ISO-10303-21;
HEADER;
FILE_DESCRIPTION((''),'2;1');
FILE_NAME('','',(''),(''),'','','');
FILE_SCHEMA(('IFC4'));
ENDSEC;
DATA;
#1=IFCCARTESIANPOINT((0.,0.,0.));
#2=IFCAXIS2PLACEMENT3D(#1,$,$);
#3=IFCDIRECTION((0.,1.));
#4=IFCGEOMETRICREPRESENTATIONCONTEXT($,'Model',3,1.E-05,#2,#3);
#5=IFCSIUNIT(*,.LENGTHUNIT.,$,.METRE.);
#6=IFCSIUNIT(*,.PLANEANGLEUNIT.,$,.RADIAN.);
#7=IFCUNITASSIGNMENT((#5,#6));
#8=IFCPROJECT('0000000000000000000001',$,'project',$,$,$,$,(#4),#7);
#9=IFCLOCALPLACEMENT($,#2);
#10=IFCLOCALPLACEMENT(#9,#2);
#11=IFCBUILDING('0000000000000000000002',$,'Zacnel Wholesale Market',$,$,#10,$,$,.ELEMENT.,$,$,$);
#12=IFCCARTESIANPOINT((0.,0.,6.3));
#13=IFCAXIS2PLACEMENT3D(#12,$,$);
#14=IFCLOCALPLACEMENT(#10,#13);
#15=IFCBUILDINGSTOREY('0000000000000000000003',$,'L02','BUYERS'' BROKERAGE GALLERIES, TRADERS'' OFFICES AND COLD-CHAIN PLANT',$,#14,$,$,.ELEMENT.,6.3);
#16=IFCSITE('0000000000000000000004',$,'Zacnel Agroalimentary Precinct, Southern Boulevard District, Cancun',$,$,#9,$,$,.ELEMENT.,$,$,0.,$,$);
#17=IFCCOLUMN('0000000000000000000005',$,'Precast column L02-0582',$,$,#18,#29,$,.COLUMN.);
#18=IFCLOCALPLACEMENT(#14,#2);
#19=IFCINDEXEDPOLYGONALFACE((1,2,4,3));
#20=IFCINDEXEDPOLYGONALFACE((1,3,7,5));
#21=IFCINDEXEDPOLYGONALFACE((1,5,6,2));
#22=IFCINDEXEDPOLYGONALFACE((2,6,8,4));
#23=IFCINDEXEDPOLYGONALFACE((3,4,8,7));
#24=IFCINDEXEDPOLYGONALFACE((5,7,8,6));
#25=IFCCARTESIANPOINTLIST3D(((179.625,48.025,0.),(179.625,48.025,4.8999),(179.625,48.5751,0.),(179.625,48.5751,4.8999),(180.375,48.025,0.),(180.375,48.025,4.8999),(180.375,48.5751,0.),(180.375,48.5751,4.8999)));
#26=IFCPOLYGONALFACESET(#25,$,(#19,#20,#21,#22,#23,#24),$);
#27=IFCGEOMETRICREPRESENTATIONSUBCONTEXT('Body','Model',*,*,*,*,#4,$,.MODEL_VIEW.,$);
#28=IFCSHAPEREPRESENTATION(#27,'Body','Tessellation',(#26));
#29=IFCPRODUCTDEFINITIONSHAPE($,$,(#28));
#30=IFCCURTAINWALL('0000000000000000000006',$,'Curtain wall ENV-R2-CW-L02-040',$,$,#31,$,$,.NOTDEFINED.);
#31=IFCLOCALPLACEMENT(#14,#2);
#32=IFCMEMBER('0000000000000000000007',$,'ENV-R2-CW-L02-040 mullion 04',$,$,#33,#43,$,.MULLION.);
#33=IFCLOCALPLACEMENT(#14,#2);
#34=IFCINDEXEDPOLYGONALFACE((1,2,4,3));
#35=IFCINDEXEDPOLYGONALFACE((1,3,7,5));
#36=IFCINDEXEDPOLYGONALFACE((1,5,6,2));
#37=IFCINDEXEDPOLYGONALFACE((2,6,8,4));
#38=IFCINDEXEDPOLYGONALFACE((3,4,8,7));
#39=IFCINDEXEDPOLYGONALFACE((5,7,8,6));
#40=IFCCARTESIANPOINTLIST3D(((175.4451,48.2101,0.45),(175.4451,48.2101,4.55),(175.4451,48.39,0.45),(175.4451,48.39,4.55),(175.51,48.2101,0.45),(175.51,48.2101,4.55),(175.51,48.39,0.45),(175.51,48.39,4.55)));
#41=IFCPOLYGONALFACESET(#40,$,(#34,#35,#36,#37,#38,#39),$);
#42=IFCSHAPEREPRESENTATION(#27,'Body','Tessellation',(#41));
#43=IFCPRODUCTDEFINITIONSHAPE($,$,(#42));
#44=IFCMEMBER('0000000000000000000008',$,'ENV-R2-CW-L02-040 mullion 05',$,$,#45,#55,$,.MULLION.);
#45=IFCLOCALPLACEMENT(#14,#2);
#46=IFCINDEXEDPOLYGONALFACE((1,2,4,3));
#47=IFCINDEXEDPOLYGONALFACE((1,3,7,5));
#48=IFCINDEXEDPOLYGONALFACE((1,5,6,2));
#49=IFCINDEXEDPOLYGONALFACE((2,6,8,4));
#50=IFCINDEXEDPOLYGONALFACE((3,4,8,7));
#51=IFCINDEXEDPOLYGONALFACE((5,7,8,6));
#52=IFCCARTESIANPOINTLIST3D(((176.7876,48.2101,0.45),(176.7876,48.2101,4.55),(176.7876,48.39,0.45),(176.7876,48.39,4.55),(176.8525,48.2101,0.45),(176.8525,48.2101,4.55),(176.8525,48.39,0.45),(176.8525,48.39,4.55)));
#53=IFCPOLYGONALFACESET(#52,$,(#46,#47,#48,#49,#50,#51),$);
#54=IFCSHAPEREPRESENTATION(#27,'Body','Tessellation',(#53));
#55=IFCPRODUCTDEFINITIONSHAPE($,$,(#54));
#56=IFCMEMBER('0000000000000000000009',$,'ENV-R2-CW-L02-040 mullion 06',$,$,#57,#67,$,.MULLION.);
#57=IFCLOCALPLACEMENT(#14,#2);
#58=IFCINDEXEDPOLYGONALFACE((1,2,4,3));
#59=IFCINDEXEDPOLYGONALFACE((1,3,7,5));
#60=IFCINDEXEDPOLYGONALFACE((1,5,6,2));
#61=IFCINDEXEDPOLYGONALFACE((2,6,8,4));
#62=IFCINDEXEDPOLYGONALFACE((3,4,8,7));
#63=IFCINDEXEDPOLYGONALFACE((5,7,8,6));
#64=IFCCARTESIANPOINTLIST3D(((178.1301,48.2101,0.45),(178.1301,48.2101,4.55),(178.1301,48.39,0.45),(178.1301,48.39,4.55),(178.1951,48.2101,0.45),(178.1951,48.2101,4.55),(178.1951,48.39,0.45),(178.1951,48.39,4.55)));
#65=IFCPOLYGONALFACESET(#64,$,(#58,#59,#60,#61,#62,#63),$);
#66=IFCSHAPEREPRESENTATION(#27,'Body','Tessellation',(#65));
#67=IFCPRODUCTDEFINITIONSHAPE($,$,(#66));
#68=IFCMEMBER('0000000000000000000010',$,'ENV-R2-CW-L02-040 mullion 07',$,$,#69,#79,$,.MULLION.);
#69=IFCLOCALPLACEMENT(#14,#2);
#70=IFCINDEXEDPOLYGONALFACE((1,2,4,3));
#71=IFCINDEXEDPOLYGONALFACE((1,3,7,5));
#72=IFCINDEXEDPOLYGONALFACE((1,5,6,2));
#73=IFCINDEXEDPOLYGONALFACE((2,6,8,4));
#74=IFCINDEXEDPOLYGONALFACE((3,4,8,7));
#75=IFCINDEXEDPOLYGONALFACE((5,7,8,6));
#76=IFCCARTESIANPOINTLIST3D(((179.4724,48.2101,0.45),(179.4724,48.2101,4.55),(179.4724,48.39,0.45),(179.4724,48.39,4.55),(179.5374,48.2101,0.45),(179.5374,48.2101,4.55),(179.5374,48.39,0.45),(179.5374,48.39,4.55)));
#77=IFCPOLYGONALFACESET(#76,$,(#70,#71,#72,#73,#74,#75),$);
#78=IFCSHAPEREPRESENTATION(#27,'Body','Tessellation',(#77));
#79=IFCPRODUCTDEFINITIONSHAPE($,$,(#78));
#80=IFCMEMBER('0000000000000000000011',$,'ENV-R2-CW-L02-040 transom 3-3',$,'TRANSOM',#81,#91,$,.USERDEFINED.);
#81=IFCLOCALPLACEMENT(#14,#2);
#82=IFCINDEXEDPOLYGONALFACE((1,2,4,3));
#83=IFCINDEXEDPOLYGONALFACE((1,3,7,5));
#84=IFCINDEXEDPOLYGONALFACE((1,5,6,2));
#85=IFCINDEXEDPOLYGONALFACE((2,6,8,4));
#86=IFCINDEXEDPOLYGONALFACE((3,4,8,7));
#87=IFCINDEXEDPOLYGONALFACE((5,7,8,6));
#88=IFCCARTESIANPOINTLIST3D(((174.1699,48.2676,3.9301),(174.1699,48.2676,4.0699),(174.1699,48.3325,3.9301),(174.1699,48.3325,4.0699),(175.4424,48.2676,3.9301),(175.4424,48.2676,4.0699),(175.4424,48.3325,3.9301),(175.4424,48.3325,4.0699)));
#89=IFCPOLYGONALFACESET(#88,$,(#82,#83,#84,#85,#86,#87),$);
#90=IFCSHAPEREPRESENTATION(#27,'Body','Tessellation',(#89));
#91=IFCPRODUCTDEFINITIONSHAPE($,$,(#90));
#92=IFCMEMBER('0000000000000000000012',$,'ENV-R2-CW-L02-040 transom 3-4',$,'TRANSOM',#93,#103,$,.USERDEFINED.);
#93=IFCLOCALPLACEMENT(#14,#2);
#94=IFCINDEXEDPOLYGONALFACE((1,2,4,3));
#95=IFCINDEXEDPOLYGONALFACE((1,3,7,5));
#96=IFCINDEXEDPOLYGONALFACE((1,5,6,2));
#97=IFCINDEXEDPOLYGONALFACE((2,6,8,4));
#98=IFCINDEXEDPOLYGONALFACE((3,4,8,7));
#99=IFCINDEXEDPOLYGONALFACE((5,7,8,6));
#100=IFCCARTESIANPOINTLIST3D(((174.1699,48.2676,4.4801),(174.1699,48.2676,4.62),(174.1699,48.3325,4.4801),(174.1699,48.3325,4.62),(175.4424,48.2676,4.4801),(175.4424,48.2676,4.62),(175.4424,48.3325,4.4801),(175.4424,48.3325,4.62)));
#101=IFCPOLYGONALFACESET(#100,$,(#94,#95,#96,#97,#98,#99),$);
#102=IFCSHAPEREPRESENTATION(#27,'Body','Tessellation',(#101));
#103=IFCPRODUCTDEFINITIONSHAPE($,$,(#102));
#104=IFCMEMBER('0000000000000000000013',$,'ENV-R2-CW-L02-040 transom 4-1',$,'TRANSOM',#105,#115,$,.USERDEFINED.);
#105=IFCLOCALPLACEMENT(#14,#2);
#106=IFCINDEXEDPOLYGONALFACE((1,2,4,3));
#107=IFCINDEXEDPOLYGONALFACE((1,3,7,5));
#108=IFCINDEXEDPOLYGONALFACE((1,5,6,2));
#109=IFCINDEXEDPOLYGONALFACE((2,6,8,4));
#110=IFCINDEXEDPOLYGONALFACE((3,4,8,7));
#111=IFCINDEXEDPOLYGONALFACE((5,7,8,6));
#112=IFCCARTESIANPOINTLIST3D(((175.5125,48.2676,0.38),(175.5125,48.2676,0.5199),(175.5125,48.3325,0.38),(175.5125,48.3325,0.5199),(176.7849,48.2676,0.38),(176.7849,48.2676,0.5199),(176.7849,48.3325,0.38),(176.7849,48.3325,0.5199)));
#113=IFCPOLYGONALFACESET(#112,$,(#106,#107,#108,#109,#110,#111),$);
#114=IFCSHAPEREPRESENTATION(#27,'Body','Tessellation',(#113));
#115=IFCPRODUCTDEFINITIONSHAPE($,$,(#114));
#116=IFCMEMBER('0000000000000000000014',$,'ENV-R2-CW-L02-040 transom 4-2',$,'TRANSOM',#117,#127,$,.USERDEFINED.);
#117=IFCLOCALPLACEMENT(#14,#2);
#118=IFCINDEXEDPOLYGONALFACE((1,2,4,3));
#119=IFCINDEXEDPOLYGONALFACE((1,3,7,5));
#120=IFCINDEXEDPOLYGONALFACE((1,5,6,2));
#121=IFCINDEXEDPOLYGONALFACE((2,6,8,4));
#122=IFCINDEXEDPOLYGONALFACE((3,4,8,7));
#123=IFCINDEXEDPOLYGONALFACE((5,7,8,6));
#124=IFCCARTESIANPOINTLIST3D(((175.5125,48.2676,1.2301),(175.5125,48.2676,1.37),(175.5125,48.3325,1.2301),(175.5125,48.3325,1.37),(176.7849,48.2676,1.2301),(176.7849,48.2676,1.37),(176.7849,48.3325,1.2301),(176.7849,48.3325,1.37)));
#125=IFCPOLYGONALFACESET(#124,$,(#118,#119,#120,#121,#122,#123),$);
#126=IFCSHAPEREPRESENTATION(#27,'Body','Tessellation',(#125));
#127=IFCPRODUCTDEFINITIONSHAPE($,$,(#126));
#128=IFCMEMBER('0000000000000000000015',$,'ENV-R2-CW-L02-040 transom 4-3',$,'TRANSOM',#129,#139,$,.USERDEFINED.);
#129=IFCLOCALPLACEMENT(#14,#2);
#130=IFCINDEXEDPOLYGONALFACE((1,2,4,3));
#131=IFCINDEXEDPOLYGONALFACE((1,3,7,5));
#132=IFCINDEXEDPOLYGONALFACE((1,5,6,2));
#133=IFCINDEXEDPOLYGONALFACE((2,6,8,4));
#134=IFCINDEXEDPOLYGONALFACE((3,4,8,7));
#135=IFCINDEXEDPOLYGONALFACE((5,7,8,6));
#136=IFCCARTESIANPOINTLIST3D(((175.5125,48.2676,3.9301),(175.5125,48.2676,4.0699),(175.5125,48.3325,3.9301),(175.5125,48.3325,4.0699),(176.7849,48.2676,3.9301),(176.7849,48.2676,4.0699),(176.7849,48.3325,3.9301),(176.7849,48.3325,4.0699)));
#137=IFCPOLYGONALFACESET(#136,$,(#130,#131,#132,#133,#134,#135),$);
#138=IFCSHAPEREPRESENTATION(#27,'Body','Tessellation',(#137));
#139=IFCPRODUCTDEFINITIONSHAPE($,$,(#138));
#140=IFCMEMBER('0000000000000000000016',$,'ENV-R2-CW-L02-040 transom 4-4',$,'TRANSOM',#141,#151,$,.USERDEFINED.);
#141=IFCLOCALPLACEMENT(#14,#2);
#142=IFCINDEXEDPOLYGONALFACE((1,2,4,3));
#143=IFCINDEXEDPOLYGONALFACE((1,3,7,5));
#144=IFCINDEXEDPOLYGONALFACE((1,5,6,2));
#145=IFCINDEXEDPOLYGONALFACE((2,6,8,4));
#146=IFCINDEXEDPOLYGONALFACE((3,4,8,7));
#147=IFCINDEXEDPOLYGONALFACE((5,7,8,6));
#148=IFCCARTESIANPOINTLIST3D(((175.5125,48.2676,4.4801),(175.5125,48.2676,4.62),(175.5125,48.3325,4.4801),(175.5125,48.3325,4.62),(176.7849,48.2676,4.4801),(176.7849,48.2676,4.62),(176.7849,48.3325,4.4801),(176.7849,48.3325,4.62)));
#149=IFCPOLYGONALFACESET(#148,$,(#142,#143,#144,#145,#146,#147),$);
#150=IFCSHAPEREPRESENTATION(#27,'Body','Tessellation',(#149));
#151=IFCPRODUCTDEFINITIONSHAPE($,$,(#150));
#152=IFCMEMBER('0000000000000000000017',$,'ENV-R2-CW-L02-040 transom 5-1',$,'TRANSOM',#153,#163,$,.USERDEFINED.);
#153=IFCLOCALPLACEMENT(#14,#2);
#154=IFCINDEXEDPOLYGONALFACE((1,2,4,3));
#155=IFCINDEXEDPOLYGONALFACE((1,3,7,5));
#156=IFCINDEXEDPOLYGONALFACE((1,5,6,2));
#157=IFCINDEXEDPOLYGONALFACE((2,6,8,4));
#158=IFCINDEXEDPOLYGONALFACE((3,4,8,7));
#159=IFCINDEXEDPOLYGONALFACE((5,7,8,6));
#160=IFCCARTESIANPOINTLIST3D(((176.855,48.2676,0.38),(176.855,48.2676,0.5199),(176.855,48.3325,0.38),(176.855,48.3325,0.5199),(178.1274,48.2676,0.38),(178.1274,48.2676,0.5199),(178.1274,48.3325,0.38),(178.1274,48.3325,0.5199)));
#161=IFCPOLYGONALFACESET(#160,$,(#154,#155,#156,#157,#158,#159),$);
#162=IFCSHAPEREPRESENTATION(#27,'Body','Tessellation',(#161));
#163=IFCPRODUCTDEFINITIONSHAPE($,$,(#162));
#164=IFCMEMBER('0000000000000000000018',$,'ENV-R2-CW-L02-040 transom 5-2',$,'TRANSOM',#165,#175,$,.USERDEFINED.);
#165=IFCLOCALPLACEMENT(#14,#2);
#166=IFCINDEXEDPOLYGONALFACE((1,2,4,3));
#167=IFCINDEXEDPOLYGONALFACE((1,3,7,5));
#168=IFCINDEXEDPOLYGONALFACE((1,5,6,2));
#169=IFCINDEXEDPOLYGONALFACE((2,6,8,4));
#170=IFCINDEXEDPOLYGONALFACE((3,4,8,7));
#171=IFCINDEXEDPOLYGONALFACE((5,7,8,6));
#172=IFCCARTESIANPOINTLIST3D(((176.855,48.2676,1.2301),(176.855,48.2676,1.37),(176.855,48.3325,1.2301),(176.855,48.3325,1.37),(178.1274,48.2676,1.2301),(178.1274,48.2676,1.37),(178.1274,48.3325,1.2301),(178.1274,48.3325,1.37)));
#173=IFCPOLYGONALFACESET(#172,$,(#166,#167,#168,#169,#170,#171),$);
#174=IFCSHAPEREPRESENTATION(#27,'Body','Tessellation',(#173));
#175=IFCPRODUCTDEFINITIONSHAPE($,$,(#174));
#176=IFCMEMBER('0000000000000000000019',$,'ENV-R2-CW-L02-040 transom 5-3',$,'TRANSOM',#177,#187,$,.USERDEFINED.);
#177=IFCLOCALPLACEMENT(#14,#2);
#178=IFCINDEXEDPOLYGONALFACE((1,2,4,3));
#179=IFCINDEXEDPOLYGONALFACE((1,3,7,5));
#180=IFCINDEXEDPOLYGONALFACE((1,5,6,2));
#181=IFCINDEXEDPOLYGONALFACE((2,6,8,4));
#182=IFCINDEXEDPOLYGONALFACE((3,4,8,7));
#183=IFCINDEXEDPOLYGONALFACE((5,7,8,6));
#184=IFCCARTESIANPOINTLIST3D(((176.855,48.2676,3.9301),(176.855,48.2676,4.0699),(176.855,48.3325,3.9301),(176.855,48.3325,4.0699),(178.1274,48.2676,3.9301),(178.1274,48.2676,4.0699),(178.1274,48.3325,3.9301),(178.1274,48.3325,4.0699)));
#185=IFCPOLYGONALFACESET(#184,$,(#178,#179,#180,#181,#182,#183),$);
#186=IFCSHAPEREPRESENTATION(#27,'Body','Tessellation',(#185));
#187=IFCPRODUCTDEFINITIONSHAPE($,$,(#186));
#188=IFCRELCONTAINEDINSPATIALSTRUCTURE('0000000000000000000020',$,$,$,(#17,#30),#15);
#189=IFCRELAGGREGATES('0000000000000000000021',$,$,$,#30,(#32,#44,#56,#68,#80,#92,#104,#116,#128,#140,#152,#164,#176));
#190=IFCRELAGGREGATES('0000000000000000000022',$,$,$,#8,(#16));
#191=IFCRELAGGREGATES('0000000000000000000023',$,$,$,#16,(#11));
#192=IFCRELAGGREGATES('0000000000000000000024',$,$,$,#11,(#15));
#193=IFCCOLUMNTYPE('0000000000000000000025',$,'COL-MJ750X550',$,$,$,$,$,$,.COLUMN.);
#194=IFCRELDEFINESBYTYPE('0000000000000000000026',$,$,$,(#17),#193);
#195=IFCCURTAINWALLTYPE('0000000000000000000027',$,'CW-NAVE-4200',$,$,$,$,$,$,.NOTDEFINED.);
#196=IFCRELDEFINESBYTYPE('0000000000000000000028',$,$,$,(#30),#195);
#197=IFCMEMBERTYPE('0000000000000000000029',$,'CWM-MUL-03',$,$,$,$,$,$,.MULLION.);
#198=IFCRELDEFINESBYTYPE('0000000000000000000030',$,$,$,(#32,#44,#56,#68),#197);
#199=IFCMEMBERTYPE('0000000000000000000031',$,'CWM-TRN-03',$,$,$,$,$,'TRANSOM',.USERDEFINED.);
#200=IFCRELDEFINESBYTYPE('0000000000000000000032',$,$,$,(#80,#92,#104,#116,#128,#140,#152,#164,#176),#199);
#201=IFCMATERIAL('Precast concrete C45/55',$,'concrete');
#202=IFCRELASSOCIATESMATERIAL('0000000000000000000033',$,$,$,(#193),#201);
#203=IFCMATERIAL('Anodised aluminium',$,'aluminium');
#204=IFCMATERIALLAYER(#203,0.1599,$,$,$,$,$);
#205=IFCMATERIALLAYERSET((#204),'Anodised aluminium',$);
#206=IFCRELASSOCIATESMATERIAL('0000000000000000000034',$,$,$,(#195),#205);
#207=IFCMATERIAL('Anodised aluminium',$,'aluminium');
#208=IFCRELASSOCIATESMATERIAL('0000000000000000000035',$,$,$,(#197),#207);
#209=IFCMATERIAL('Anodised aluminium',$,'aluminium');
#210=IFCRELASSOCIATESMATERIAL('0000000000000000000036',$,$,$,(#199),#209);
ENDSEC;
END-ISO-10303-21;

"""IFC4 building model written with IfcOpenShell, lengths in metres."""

from ifc_helpers import new_model, si_unit, direction, frame, origin, origin_2d, place, context, subcontext, project, spatial, rectangle, extrude, material, layer, layer_set, material_profile, profile_set, type_object, element, aggregate, save


model = new_model("IFC4")

# Units and contexts
model_context = context("Model", 3, precision=1e-05, world=origin(), true_north=direction((0.0, 1.0)))
body_context = subcontext(model_context, "Body", "Model", "MODEL_VIEW")
ifc_project = project(units=[si_unit("LENGTHUNIT", "METRE"), si_unit("PLANEANGLEUNIT", "RADIAN")], contexts=[model_context])

# Site, building, storey
site_placement = place(None, origin())
site = spatial("IfcSite", under=ifc_project, at=site_placement, Name="Zacnel Agroalimentary Precinct, Southern Boulevard District, Cancun", CompositionType="ELEMENT", RefElevation=0.0)
building_placement = place(site_placement, origin())
building = spatial("IfcBuilding", under=site, at=building_placement, Name="Zacnel Wholesale Market", CompositionType="ELEMENT")
storey_placement = place(building_placement, frame((0.0, 0.0, 6.3)))
storey = spatial("IfcBuildingStorey", under=building, at=storey_placement, Name="L02", Description="BUYERS' BROKERAGE GALLERIES, TRADERS' OFFICES AND COLD-CHAIN PLANT", CompositionType="ELEMENT", Elevation=6.3)

# Column
ifc_material_1 = material(Name="Precast concrete C45/55", Category="concrete")
ifc_material_profile_1 = material_profile(ifc_material_1, rectangle(XDim=0.75, YDim=0.55, at=origin_2d()), Name="PC 750x550")
ifc_profile_set_1 = profile_set([ifc_material_profile_1], Name="Precast concrete C45/55")
column_type = type_object("IfcColumnType", Name="COL-MJ750X550", PredefinedType="COLUMN", material=ifc_profile_set_1)
column_placement = place(storey_placement, frame((180.0, 48.3, 0.0), z_axis=(0.0, 0.0, 1.0), x_axis=(1.0, 0.0, 0.0)))
element("IfcColumn", 1, at=column_placement, inside=storey, type_object=column_type, Name="Precast column L02-0582", PredefinedType="COLUMN", context=body_context, shape_type="SweptSolid", body=[
    extrude(rectangle(XDim=0.75, YDim=0.55, at=origin_2d()), origin(), (0.0, 0.0, 1.0), 4.8999),
])

# Curtain wall, members
ifc_material_2 = material(Name="Anodised aluminium", Category="aluminium")
ifc_layer_1 = layer(ifc_material_2, 0.1599)
ifc_layer_set_1 = layer_set([ifc_layer_1], Name="Anodised aluminium")
curtain_wall_type = type_object("IfcCurtainWallType", Name="CW-NAVE-4200", PredefinedType="NOTDEFINED", material=ifc_layer_set_1)
curtain_wall_placement = place(storey_placement, origin())
curtain_wall = element("IfcCurtainWall", 2, at=curtain_wall_placement, inside=storey, type_object=curtain_wall_type, Name="Curtain wall ENV-R2-CW-L02-040", PredefinedType="NOTDEFINED")
ifc_material_3 = material(Name="Anodised aluminium", Category="aluminium")
ifc_material_profile_2 = material_profile(ifc_material_3, rectangle(XDim=0.0649, YDim=0.1799, at=origin_2d()), Name="AW-MULLION 65x180")
ifc_profile_set_2 = profile_set([ifc_material_profile_2], Name="Anodised aluminium")
member_type_1 = type_object("IfcMemberType", Name="CWM-MUL-03", PredefinedType="MULLION", material=ifc_profile_set_2)
member_1_placement = place(storey_placement, frame((175.4775, 48.3, 0.45), z_axis=(0.0, 0.0, 1.0), x_axis=(1.0, 0.0, 0.0)))
member_1 = element("IfcMember", 3, at=member_1_placement, type_object=member_type_1, Name="ENV-R2-CW-L02-040 mullion 04", PredefinedType="MULLION", context=body_context, shape_type="SweptSolid", body=[
    extrude(rectangle(XDim=0.0649, YDim=0.1799, at=origin_2d()), origin(), (0.0, 0.0, 1.0), 4.1001),
])
member_2_placement = place(storey_placement, frame((176.8201, 48.3, 0.45), z_axis=(0.0, 0.0, 1.0), x_axis=(1.0, 0.0, 0.0)))
member_2 = element("IfcMember", 4, at=member_2_placement, type_object=member_type_1, Name="ENV-R2-CW-L02-040 mullion 05", PredefinedType="MULLION", context=body_context, shape_type="SweptSolid", body=[
    extrude(rectangle(XDim=0.0649, YDim=0.1799, at=origin_2d()), origin(), (0.0, 0.0, 1.0), 4.1001),
])
member_3_placement = place(storey_placement, frame((178.1626, 48.3, 0.45), z_axis=(0.0, 0.0, 1.0), x_axis=(1.0, 0.0, 0.0)))
member_3 = element("IfcMember", 5, at=member_3_placement, type_object=member_type_1, Name="ENV-R2-CW-L02-040 mullion 06", PredefinedType="MULLION", context=body_context, shape_type="SweptSolid", body=[
    extrude(rectangle(XDim=0.0649, YDim=0.1799, at=origin_2d()), origin(), (0.0, 0.0, 1.0), 4.1001),
])
member_4_placement = place(storey_placement, frame((179.5049, 48.3, 0.45), z_axis=(0.0, 0.0, 1.0), x_axis=(1.0, 0.0, 0.0)))
member_4 = element("IfcMember", 6, at=member_4_placement, type_object=member_type_1, Name="ENV-R2-CW-L02-040 mullion 07", PredefinedType="MULLION", context=body_context, shape_type="SweptSolid", body=[
    extrude(rectangle(XDim=0.0649, YDim=0.1799, at=origin_2d()), origin(), (0.0, 0.0, 1.0), 4.1001),
])
ifc_material_4 = material(Name="Anodised aluminium", Category="aluminium")
ifc_material_profile_3 = material_profile(ifc_material_4, rectangle(XDim=0.0649, YDim=0.1399, at=origin_2d()), Name="AW-TRANSOM 65x140")
ifc_profile_set_3 = profile_set([ifc_material_profile_3], Name="Anodised aluminium")
member_type_2 = type_object("IfcMemberType", Name="CWM-TRN-03", ElementType="TRANSOM", PredefinedType="USERDEFINED", material=ifc_profile_set_3)
member_5_placement = place(storey_placement, frame((174.1699, 48.3, 4.0), z_axis=(1.0, 0.0, 0.0), x_axis=(0.0, 1.0, 0.0)))
member_5 = element("IfcMember", 7, at=member_5_placement, type_object=member_type_2, Name="ENV-R2-CW-L02-040 transom 3-3", ObjectType="TRANSOM", PredefinedType="USERDEFINED", context=body_context, shape_type="SweptSolid", body=[
    extrude(rectangle(XDim=0.0649, YDim=0.1399, at=origin_2d()), origin(), (0.0, 0.0, 1.0), 1.2725),
])
member_6_placement = place(storey_placement, frame((174.1699, 48.3, 4.55), z_axis=(1.0, 0.0, 0.0), x_axis=(0.0, 1.0, 0.0)))
member_6 = element("IfcMember", 8, at=member_6_placement, type_object=member_type_2, Name="ENV-R2-CW-L02-040 transom 3-4", ObjectType="TRANSOM", PredefinedType="USERDEFINED", context=body_context, shape_type="SweptSolid", body=[
    extrude(rectangle(XDim=0.0649, YDim=0.1399, at=origin_2d()), origin(), (0.0, 0.0, 1.0), 1.2725),
])
member_7_placement = place(storey_placement, frame((175.5125, 48.3, 0.45), z_axis=(1.0, 0.0, 0.0), x_axis=(0.0, 1.0, 0.0)))
member_7 = element("IfcMember", 9, at=member_7_placement, type_object=member_type_2, Name="ENV-R2-CW-L02-040 transom 4-1", ObjectType="TRANSOM", PredefinedType="USERDEFINED", context=body_context, shape_type="SweptSolid", body=[
    extrude(rectangle(XDim=0.0649, YDim=0.1399, at=origin_2d()), origin(), (0.0, 0.0, 1.0), 1.2725),
])
member_8_placement = place(storey_placement, frame((175.5125, 48.3, 1.3), z_axis=(1.0, 0.0, 0.0), x_axis=(0.0, 1.0, 0.0)))
member_8 = element("IfcMember", 10, at=member_8_placement, type_object=member_type_2, Name="ENV-R2-CW-L02-040 transom 4-2", ObjectType="TRANSOM", PredefinedType="USERDEFINED", context=body_context, shape_type="SweptSolid", body=[
    extrude(rectangle(XDim=0.0649, YDim=0.1399, at=origin_2d()), origin(), (0.0, 0.0, 1.0), 1.2725),
])
member_9_placement = place(storey_placement, frame((175.5125, 48.3, 4.0), z_axis=(1.0, 0.0, 0.0), x_axis=(0.0, 1.0, 0.0)))
member_9 = element("IfcMember", 11, at=member_9_placement, type_object=member_type_2, Name="ENV-R2-CW-L02-040 transom 4-3", ObjectType="TRANSOM", PredefinedType="USERDEFINED", context=body_context, shape_type="SweptSolid", body=[
    extrude(rectangle(XDim=0.0649, YDim=0.1399, at=origin_2d()), origin(), (0.0, 0.0, 1.0), 1.2725),
])
member_10_placement = place(storey_placement, frame((175.5125, 48.3, 4.55), z_axis=(1.0, 0.0, 0.0), x_axis=(0.0, 1.0, 0.0)))
member_10 = element("IfcMember", 12, at=member_10_placement, type_object=member_type_2, Name="ENV-R2-CW-L02-040 transom 4-4", ObjectType="TRANSOM", PredefinedType="USERDEFINED", context=body_context, shape_type="SweptSolid", body=[
    extrude(rectangle(XDim=0.0649, YDim=0.1399, at=origin_2d()), origin(), (0.0, 0.0, 1.0), 1.2725),
])
member_11_placement = place(storey_placement, frame((176.855, 48.3, 0.45), z_axis=(1.0, 0.0, 0.0), x_axis=(0.0, 1.0, 0.0)))
member_11 = element("IfcMember", 13, at=member_11_placement, type_object=member_type_2, Name="ENV-R2-CW-L02-040 transom 5-1", ObjectType="TRANSOM", PredefinedType="USERDEFINED", context=body_context, shape_type="SweptSolid", body=[
    extrude(rectangle(XDim=0.0649, YDim=0.1399, at=origin_2d()), origin(), (0.0, 0.0, 1.0), 1.2725),
])
member_12_placement = place(storey_placement, frame((176.855, 48.3, 1.3), z_axis=(1.0, 0.0, 0.0), x_axis=(0.0, 1.0, 0.0)))
member_12 = element("IfcMember", 14, at=member_12_placement, type_object=member_type_2, Name="ENV-R2-CW-L02-040 transom 5-2", ObjectType="TRANSOM", PredefinedType="USERDEFINED", context=body_context, shape_type="SweptSolid", body=[
    extrude(rectangle(XDim=0.0649, YDim=0.1399, at=origin_2d()), origin(), (0.0, 0.0, 1.0), 1.2725),
])
member_13_placement = place(storey_placement, frame((176.855, 48.3, 4.0), z_axis=(1.0, 0.0, 0.0), x_axis=(0.0, 1.0, 0.0)))
member_13 = element("IfcMember", 15, at=member_13_placement, type_object=member_type_2, Name="ENV-R2-CW-L02-040 transom 5-3", ObjectType="TRANSOM", PredefinedType="USERDEFINED", context=body_context, shape_type="SweptSolid", body=[
    extrude(rectangle(XDim=0.0649, YDim=0.1399, at=origin_2d()), origin(), (0.0, 0.0, 1.0), 1.2725),
])
aggregate(curtain_wall, [member_1, member_2, member_3, member_4, member_5, member_6, member_7, member_8, member_9, member_10, member_11, member_12, member_13])

save(model, "model.ifc")
